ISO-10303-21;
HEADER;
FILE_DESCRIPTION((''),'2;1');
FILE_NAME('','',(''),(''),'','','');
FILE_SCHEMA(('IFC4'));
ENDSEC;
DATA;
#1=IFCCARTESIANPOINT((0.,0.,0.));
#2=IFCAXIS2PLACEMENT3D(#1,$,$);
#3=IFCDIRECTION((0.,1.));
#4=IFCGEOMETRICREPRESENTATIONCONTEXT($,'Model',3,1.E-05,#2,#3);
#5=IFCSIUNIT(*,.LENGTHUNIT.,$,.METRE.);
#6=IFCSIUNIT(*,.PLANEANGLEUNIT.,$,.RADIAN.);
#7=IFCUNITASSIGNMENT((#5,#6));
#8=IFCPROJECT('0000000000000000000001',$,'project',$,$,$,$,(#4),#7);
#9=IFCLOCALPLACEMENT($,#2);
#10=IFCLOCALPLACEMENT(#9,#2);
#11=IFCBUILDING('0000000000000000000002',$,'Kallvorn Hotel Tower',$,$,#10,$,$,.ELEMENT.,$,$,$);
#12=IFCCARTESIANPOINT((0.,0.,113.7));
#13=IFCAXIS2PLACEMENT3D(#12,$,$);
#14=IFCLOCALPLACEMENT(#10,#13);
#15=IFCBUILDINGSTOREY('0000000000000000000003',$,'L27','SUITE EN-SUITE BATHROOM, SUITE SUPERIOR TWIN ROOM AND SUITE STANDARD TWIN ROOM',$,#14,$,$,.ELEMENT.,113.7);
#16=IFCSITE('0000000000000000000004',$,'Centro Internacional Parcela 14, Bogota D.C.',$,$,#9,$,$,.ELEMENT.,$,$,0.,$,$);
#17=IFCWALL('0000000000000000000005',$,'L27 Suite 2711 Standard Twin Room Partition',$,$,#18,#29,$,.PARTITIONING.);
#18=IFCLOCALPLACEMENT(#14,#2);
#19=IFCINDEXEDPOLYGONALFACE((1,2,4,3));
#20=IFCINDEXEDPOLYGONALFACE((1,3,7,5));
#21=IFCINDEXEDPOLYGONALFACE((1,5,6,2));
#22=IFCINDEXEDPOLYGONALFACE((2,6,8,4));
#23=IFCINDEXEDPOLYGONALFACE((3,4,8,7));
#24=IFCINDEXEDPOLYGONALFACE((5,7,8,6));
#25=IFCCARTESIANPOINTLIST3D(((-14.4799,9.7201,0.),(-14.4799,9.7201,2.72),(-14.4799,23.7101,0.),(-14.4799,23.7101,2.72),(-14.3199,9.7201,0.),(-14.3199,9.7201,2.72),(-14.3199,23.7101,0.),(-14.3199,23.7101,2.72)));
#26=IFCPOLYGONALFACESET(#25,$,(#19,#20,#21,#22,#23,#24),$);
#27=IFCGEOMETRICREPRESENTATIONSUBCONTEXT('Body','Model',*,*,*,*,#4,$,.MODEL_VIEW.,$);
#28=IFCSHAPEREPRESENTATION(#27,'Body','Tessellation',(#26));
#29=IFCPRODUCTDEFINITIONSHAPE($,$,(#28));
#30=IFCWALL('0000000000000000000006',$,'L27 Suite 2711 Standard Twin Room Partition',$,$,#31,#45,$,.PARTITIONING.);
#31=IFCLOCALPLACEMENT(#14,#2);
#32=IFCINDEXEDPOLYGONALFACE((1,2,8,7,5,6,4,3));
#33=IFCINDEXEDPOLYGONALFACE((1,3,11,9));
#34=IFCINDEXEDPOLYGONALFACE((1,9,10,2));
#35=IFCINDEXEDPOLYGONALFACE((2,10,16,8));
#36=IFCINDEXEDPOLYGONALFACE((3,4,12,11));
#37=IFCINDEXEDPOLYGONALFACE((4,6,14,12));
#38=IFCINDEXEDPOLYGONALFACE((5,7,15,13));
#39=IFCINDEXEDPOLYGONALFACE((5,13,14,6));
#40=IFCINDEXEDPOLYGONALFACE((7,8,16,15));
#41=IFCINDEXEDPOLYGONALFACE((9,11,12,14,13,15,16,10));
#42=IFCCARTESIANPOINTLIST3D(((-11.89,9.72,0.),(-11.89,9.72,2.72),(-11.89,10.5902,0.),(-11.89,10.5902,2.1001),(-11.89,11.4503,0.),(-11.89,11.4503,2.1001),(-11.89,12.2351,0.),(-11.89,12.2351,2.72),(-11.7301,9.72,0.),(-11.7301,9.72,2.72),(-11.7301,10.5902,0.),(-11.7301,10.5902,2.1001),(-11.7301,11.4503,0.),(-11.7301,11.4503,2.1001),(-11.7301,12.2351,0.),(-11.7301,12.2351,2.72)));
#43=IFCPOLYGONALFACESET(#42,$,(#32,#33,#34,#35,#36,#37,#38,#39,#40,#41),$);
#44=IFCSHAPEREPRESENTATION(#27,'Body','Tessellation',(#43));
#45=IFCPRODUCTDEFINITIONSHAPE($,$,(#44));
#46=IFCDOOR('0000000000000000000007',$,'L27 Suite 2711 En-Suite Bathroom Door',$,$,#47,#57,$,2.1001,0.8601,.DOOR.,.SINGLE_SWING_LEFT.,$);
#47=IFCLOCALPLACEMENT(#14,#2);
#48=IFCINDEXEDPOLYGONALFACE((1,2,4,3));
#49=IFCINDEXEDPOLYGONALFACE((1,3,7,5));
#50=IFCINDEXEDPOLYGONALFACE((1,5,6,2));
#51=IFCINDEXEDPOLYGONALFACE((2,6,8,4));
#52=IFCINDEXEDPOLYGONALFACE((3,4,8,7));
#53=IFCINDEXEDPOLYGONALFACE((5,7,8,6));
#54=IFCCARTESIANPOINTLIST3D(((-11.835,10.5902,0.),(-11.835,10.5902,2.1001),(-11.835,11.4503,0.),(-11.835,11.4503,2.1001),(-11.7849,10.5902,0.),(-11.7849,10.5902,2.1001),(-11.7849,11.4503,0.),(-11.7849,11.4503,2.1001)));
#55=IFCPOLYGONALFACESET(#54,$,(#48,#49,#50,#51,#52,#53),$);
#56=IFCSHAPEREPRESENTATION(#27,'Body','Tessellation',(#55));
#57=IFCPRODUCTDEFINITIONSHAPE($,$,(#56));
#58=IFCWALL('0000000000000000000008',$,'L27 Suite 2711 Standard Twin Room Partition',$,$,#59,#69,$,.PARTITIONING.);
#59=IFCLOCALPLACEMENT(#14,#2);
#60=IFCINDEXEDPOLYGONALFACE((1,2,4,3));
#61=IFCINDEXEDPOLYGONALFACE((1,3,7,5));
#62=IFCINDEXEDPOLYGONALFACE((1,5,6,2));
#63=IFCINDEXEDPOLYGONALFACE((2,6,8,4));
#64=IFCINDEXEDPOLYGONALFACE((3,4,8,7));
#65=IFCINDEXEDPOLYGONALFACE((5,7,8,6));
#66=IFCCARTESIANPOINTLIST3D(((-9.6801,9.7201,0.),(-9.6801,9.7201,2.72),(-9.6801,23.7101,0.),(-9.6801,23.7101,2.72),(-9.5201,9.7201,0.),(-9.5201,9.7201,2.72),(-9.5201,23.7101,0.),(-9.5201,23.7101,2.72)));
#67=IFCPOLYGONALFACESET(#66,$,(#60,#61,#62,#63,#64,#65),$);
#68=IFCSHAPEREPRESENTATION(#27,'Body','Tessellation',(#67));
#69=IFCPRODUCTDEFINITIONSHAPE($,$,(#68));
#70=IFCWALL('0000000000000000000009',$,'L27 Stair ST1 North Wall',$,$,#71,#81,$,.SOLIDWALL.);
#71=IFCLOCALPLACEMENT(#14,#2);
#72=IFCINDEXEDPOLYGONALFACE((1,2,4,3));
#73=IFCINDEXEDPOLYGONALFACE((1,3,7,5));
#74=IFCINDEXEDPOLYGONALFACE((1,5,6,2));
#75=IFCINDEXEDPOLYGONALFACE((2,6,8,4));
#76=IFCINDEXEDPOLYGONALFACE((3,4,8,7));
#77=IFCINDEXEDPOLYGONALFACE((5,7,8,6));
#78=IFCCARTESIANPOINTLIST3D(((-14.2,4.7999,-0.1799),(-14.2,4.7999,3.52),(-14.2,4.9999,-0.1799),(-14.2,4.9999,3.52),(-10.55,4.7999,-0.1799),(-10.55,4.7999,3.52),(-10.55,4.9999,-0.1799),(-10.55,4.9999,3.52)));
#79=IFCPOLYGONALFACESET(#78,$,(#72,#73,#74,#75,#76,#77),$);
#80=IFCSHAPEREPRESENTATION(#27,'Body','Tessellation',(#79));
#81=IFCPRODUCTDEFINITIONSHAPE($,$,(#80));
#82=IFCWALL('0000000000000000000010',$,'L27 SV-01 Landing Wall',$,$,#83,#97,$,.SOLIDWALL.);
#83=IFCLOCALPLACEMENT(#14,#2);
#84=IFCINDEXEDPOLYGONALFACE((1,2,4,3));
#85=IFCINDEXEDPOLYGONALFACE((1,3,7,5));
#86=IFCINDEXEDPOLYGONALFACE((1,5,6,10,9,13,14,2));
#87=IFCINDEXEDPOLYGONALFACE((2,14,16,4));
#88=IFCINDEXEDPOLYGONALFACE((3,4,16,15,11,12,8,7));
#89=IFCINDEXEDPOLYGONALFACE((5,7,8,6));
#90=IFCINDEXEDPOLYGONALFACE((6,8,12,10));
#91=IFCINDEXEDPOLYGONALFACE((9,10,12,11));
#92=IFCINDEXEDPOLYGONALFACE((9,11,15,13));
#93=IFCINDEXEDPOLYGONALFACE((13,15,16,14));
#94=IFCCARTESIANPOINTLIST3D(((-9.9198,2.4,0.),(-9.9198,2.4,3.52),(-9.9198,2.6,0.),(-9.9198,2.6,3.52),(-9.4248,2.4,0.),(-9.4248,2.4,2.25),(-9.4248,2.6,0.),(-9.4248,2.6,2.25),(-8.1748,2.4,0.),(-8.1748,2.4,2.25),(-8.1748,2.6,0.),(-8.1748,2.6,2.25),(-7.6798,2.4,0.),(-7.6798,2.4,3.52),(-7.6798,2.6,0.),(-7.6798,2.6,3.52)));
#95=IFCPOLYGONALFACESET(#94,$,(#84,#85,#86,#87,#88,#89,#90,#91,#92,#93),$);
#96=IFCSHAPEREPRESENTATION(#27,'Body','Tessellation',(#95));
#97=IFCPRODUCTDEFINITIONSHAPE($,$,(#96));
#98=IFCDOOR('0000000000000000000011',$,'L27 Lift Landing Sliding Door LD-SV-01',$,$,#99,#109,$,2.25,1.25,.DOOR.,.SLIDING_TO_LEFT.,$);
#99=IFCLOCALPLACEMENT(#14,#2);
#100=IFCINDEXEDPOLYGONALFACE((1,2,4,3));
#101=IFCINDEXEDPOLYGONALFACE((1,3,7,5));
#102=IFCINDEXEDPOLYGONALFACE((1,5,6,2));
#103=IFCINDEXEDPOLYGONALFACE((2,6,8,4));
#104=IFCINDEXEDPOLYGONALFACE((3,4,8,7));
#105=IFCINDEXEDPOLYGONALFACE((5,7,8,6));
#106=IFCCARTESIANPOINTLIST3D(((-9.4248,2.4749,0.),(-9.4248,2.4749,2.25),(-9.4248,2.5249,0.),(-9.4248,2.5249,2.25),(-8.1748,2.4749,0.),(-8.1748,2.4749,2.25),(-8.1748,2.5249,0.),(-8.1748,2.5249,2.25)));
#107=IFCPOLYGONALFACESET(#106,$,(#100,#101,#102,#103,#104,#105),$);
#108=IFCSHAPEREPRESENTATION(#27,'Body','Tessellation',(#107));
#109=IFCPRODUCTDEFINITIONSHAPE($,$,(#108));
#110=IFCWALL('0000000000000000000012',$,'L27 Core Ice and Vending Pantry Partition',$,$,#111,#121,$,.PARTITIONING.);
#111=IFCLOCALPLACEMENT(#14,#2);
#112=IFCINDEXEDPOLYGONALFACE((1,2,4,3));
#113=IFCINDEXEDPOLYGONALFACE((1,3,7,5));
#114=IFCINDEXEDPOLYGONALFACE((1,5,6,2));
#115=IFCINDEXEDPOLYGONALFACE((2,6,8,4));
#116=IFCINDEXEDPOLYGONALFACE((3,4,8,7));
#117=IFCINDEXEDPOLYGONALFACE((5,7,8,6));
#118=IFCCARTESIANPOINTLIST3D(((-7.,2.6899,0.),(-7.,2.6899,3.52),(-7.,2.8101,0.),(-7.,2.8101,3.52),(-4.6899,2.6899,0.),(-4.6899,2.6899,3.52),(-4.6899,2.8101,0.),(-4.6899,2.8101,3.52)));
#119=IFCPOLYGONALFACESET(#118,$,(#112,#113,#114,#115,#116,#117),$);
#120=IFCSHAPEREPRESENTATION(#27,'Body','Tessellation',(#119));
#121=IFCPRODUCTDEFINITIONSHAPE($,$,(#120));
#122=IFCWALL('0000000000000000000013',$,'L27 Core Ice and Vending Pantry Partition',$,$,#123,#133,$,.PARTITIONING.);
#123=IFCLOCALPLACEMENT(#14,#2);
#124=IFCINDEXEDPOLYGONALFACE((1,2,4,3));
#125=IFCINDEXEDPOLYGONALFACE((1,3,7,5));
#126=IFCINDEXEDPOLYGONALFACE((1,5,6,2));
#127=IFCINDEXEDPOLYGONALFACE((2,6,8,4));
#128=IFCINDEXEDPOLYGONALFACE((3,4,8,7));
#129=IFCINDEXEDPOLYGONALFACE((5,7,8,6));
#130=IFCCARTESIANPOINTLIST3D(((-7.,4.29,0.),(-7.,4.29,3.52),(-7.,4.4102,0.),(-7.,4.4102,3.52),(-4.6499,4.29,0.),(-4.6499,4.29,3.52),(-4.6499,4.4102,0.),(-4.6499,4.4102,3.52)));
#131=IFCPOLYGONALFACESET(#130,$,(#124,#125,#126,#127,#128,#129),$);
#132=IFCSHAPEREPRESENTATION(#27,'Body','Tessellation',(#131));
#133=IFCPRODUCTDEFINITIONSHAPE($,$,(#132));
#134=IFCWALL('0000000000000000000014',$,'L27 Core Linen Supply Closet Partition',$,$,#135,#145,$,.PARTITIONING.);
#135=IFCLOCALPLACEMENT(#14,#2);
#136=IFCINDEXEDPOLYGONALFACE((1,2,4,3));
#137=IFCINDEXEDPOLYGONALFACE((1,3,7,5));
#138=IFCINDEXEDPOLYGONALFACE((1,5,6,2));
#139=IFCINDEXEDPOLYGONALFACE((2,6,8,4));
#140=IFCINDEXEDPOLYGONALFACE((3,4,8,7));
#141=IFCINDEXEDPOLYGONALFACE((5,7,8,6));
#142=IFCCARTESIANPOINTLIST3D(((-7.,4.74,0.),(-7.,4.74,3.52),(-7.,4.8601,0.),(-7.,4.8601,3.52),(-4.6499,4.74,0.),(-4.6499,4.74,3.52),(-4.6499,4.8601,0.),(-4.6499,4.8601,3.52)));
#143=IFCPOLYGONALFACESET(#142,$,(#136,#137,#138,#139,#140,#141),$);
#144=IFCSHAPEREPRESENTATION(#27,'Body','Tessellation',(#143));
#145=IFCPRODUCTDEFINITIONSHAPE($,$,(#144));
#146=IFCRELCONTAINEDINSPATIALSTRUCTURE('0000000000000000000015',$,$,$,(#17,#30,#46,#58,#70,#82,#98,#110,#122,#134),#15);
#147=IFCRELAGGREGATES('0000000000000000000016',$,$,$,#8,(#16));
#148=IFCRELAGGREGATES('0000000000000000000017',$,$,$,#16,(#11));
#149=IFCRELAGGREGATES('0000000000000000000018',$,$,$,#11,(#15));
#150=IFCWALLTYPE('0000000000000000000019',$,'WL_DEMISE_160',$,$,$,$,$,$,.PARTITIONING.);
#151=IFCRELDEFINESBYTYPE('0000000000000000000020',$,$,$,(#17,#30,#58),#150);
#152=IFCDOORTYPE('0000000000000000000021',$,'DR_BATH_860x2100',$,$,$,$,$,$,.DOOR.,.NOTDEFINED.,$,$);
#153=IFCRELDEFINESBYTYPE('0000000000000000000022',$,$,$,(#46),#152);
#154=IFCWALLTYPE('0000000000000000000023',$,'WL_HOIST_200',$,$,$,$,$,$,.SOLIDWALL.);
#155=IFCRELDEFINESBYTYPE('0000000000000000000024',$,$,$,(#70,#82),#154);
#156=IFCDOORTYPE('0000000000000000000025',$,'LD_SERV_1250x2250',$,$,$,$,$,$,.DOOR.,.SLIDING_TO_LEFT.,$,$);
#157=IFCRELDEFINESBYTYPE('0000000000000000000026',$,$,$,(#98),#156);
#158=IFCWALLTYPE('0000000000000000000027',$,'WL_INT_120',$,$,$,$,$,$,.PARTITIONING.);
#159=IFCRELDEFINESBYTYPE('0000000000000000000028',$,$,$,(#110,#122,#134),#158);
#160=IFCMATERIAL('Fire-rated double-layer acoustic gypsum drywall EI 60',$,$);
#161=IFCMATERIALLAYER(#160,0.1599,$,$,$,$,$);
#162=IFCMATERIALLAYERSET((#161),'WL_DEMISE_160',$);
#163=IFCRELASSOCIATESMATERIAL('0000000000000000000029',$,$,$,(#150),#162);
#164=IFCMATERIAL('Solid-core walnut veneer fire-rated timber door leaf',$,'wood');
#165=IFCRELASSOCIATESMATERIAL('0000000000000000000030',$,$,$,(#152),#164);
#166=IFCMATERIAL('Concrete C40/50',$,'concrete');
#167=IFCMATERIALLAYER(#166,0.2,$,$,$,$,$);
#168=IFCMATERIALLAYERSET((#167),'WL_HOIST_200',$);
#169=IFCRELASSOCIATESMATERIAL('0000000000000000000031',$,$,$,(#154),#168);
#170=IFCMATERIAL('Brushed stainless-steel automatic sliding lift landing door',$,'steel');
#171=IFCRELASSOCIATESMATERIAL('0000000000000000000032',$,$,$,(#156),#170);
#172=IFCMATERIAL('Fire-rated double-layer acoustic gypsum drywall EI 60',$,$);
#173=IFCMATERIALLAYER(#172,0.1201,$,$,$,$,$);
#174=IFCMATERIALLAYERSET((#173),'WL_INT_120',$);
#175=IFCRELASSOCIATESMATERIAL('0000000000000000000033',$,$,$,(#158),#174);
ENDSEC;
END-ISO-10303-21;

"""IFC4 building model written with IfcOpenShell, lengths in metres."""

from ifc_helpers import new_model, si_unit, direction, frame, frame_2d, origin, place, context, subcontext, project, spatial, rectangle, extrude, material, layer, layer_set, type_object, element, fill, save


model = new_model("IFC4")

# Units and contexts
model_context = context("Model", 3, precision=1e-05, world=origin(), true_north=direction((0.0, 1.0)))
body_context = subcontext(model_context, "Body", "Model", "MODEL_VIEW")
ifc_project = project(units=[si_unit("LENGTHUNIT", "METRE"), si_unit("PLANEANGLEUNIT", "RADIAN")], contexts=[model_context])

# Site, building, storey
site_placement = place(None, origin())
site = spatial("IfcSite", under=ifc_project, at=site_placement, Name="Centro Internacional Parcela 14, Bogota D.C.", CompositionType="ELEMENT", RefElevation=0.0)
building_placement = place(site_placement, origin())
building = spatial("IfcBuilding", under=site, at=building_placement, Name="Kallvorn Hotel Tower", CompositionType="ELEMENT")
storey_placement = place(building_placement, frame((0.0, 0.0, 113.7)))
storey = spatial("IfcBuildingStorey", under=building, at=storey_placement, Name="L27", Description="SUITE EN-SUITE BATHROOM, SUITE SUPERIOR TWIN ROOM AND SUITE STANDARD TWIN ROOM", CompositionType="ELEMENT", Elevation=113.7)

# Wall
ifc_material_1 = material(Name="Fire-rated double-layer acoustic gypsum drywall EI 60")
ifc_layer_1 = layer(ifc_material_1, 0.1599)
ifc_layer_set_1 = layer_set([ifc_layer_1], Name="WL_DEMISE_160")
wall_type_1 = type_object("IfcWallType", Name="WL_DEMISE_160", PredefinedType="PARTITIONING", material=ifc_layer_set_1)
wall_1_placement = place(storey_placement, frame((-14.3999, 9.72, 0.0), z_axis=(0.0, 0.0, 1.0), x_axis=(0.0, 1.0, 0.0)))
element("IfcWall", 1, at=wall_1_placement, inside=storey, type_object=wall_type_1, Name="L27 Suite 2711 Standard Twin Room Partition", PredefinedType="PARTITIONING", context=body_context, shape_type="SweptSolid", body=[
    extrude(rectangle(XDim=13.99, YDim=0.1599, at=frame_2d((6.9951, 0.0))), origin(), (0.0, 0.0, 1.0), 2.72),
])

# Wall, opening, door
wall_2_placement = place(storey_placement, frame((-11.8101, 9.72, 0.0), z_axis=(0.0, 0.0, 1.0), x_axis=(0.0, 1.0, 0.0)))
wall_2 = element("IfcWall", 2, at=wall_2_placement, inside=storey, type_object=wall_type_1, Name="L27 Suite 2711 Standard Twin Room Partition", PredefinedType="PARTITIONING", context=body_context, shape_type="SweptSolid", body=[
    extrude(rectangle(XDim=2.5151, YDim=0.1599, at=frame_2d((1.2576, 0.0))), origin(), (0.0, 0.0, 1.0), 2.72),
])
opening_1_placement = place(wall_2_placement, frame((0.8701, 0.0, 0.0)))
opening_1 = element("IfcOpeningElement", 3, at=opening_1_placement, cuts=wall_2, PredefinedType="OPENING", context=body_context, shape_type="SweptSolid", body=[
    extrude(rectangle(XDim=0.8601, YDim=2.1001, at=frame_2d((0.4302, 1.05))), frame((0.0, 0.095, 0.0), z_axis=(0.0, -1.0, 0.0), x_axis=(1.0, 0.0, 0.0)), (0.0, 0.0, 1.0), 0.1899),
])
ifc_material_2 = material(Name="Solid-core walnut veneer fire-rated timber door leaf", Category="wood")
door_type_1 = type_object("IfcDoorType", Name="DR_BATH_860x2100", OperationType="NOTDEFINED", PredefinedType="DOOR", material=ifc_material_2)
door_1_placement = place(opening_1_placement, origin())
door_1 = element("IfcDoor", 4, at=door_1_placement, inside=storey, type_object=door_type_1, Name="L27 Suite 2711 En-Suite Bathroom Door", OperationType="SINGLE_SWING_LEFT", OverallHeight=2.1001, OverallWidth=0.8601, PredefinedType="DOOR", context=body_context, shape_type="SweptSolid", body=[
    extrude(rectangle(XDim=0.8601, YDim=2.1001, at=frame_2d((0.4302, 1.05))), frame((0.0, 0.0249, 0.0), z_axis=(0.0, -1.0, 0.0), x_axis=(1.0, 0.0, 0.0)), (0.0, 0.0, 1.0), 0.05),
])
fill(opening_1, door_1)

# Walls
wall_3_placement = place(storey_placement, frame((-9.6001, 9.72, 0.0), z_axis=(0.0, 0.0, 1.0), x_axis=(0.0, 1.0, 0.0)))
element("IfcWall", 5, at=wall_3_placement, inside=storey, type_object=wall_type_1, Name="L27 Suite 2711 Standard Twin Room Partition", PredefinedType="PARTITIONING", context=body_context, shape_type="SweptSolid", body=[
    extrude(rectangle(XDim=13.99, YDim=0.1599, at=frame_2d((6.9951, 0.0))), origin(), (0.0, 0.0, 1.0), 2.72),
])
ifc_material_3 = material(Name="Concrete C40/50", Category="concrete")
ifc_layer_2 = layer(ifc_material_3, 0.2)
ifc_layer_set_2 = layer_set([ifc_layer_2], Name="WL_HOIST_200")
wall_type_2 = type_object("IfcWallType", Name="WL_HOIST_200", PredefinedType="SOLIDWALL", material=ifc_layer_set_2)
wall_4_placement = place(storey_placement, frame((-14.2, 4.8999, -0.1799), z_axis=(0.0, 0.0, 1.0), x_axis=(1.0, 0.0, 0.0)))
element("IfcWall", 6, at=wall_4_placement, inside=storey, type_object=wall_type_2, Name="L27 Stair ST1 North Wall", PredefinedType="SOLIDWALL", context=body_context, shape_type="SweptSolid", body=[
    extrude(rectangle(XDim=3.6499, YDim=0.2, at=frame_2d((1.825, 0.0))), origin(), (0.0, 0.0, 1.0), 3.7),
])

# Wall, opening, door
wall_5_placement = place(storey_placement, frame((-9.9199, 2.5, 0.0), z_axis=(0.0, 0.0, 1.0), x_axis=(1.0, 0.0, 0.0)))
wall_5 = element("IfcWall", 7, at=wall_5_placement, inside=storey, type_object=wall_type_2, Name="L27 SV-01 Landing Wall", PredefinedType="SOLIDWALL", context=body_context, shape_type="SweptSolid", body=[
    extrude(rectangle(XDim=2.24, YDim=0.2, at=frame_2d((1.1201, 0.0))), origin(), (0.0, 0.0, 1.0), 3.52),
])
opening_2_placement = place(wall_5_placement, frame((0.4951, 0.0, 0.0)))
opening_2 = element("IfcOpeningElement", 8, at=opening_2_placement, cuts=wall_5, PredefinedType="OPENING", context=body_context, shape_type="SweptSolid", body=[
    extrude(rectangle(XDim=1.25, YDim=2.25, at=frame_2d((0.625, 1.125))), frame((0.0, 0.115, 0.0), z_axis=(0.0, -1.0, 0.0), x_axis=(1.0, 0.0, 0.0)), (0.0, 0.0, 1.0), 0.23),
])
ifc_material_4 = material(Name="Brushed stainless-steel automatic sliding lift landing door", Category="steel")
door_type_2 = type_object("IfcDoorType", Name="LD_SERV_1250x2250", OperationType="SLIDING_TO_LEFT", PredefinedType="DOOR", material=ifc_material_4)
door_2_placement = place(opening_2_placement, origin())
door_2 = element("IfcDoor", 9, at=door_2_placement, inside=storey, type_object=door_type_2, Name="L27 Lift Landing Sliding Door LD-SV-01", OperationType="SLIDING_TO_LEFT", OverallHeight=2.25, OverallWidth=1.25, PredefinedType="DOOR", context=body_context, shape_type="SweptSolid", body=[
    extrude(rectangle(XDim=1.25, YDim=2.25, at=frame_2d((0.625, 1.125))), frame((0.0, 0.0249, 0.0), z_axis=(0.0, -1.0, 0.0), x_axis=(1.0, 0.0, 0.0)), (0.0, 0.0, 1.0), 0.05),
])
fill(opening_2, door_2)

# Walls
ifc_material_5 = material(Name="Fire-rated double-layer acoustic gypsum drywall EI 60")
ifc_layer_3 = layer(ifc_material_5, 0.1201)
ifc_layer_set_3 = layer_set([ifc_layer_3], Name="WL_INT_120")
wall_type_3 = type_object("IfcWallType", Name="WL_INT_120", PredefinedType="PARTITIONING", material=ifc_layer_set_3)
wall_6_placement = place(storey_placement, frame((-7.0, 2.75, 0.0), z_axis=(0.0, 0.0, 1.0), x_axis=(1.0, 0.0, 0.0)))
element("IfcWall", 10, at=wall_6_placement, inside=storey, type_object=wall_type_3, Name="L27 Core Ice and Vending Pantry Partition", PredefinedType="PARTITIONING", context=body_context, shape_type="SweptSolid", body=[
    extrude(rectangle(XDim=2.3101, YDim=0.1201, at=frame_2d((1.155, 0.0))), origin(), (0.0, 0.0, 1.0), 3.52),
])
for number, where, z_axis, x_axis, name in (
    (11, (-7.0, 4.3501, 0.0), (0.0, 0.0, 1.0), (1.0, 0.0, 0.0), "L27 Core Ice and Vending Pantry Partition"),
    (12, (-7.0, 4.8, 0.0), (0.0, 0.0, 1.0), (1.0, 0.0, 0.0), "L27 Core Linen Supply Closet Partition"),
):
    element("IfcWall", number, at=place(storey_placement, frame(where, z_axis=z_axis, x_axis=x_axis)), inside=storey, type_object=wall_type_3, Name=name, PredefinedType="PARTITIONING", context=body_context, shape_type="SweptSolid", body=[
        extrude(rectangle(XDim=2.3501, YDim=0.1201, at=frame_2d((1.175, 0.0))), origin(), (0.0, 0.0, 1.0), 3.52),
    ])

save(model, "model.ifc")
